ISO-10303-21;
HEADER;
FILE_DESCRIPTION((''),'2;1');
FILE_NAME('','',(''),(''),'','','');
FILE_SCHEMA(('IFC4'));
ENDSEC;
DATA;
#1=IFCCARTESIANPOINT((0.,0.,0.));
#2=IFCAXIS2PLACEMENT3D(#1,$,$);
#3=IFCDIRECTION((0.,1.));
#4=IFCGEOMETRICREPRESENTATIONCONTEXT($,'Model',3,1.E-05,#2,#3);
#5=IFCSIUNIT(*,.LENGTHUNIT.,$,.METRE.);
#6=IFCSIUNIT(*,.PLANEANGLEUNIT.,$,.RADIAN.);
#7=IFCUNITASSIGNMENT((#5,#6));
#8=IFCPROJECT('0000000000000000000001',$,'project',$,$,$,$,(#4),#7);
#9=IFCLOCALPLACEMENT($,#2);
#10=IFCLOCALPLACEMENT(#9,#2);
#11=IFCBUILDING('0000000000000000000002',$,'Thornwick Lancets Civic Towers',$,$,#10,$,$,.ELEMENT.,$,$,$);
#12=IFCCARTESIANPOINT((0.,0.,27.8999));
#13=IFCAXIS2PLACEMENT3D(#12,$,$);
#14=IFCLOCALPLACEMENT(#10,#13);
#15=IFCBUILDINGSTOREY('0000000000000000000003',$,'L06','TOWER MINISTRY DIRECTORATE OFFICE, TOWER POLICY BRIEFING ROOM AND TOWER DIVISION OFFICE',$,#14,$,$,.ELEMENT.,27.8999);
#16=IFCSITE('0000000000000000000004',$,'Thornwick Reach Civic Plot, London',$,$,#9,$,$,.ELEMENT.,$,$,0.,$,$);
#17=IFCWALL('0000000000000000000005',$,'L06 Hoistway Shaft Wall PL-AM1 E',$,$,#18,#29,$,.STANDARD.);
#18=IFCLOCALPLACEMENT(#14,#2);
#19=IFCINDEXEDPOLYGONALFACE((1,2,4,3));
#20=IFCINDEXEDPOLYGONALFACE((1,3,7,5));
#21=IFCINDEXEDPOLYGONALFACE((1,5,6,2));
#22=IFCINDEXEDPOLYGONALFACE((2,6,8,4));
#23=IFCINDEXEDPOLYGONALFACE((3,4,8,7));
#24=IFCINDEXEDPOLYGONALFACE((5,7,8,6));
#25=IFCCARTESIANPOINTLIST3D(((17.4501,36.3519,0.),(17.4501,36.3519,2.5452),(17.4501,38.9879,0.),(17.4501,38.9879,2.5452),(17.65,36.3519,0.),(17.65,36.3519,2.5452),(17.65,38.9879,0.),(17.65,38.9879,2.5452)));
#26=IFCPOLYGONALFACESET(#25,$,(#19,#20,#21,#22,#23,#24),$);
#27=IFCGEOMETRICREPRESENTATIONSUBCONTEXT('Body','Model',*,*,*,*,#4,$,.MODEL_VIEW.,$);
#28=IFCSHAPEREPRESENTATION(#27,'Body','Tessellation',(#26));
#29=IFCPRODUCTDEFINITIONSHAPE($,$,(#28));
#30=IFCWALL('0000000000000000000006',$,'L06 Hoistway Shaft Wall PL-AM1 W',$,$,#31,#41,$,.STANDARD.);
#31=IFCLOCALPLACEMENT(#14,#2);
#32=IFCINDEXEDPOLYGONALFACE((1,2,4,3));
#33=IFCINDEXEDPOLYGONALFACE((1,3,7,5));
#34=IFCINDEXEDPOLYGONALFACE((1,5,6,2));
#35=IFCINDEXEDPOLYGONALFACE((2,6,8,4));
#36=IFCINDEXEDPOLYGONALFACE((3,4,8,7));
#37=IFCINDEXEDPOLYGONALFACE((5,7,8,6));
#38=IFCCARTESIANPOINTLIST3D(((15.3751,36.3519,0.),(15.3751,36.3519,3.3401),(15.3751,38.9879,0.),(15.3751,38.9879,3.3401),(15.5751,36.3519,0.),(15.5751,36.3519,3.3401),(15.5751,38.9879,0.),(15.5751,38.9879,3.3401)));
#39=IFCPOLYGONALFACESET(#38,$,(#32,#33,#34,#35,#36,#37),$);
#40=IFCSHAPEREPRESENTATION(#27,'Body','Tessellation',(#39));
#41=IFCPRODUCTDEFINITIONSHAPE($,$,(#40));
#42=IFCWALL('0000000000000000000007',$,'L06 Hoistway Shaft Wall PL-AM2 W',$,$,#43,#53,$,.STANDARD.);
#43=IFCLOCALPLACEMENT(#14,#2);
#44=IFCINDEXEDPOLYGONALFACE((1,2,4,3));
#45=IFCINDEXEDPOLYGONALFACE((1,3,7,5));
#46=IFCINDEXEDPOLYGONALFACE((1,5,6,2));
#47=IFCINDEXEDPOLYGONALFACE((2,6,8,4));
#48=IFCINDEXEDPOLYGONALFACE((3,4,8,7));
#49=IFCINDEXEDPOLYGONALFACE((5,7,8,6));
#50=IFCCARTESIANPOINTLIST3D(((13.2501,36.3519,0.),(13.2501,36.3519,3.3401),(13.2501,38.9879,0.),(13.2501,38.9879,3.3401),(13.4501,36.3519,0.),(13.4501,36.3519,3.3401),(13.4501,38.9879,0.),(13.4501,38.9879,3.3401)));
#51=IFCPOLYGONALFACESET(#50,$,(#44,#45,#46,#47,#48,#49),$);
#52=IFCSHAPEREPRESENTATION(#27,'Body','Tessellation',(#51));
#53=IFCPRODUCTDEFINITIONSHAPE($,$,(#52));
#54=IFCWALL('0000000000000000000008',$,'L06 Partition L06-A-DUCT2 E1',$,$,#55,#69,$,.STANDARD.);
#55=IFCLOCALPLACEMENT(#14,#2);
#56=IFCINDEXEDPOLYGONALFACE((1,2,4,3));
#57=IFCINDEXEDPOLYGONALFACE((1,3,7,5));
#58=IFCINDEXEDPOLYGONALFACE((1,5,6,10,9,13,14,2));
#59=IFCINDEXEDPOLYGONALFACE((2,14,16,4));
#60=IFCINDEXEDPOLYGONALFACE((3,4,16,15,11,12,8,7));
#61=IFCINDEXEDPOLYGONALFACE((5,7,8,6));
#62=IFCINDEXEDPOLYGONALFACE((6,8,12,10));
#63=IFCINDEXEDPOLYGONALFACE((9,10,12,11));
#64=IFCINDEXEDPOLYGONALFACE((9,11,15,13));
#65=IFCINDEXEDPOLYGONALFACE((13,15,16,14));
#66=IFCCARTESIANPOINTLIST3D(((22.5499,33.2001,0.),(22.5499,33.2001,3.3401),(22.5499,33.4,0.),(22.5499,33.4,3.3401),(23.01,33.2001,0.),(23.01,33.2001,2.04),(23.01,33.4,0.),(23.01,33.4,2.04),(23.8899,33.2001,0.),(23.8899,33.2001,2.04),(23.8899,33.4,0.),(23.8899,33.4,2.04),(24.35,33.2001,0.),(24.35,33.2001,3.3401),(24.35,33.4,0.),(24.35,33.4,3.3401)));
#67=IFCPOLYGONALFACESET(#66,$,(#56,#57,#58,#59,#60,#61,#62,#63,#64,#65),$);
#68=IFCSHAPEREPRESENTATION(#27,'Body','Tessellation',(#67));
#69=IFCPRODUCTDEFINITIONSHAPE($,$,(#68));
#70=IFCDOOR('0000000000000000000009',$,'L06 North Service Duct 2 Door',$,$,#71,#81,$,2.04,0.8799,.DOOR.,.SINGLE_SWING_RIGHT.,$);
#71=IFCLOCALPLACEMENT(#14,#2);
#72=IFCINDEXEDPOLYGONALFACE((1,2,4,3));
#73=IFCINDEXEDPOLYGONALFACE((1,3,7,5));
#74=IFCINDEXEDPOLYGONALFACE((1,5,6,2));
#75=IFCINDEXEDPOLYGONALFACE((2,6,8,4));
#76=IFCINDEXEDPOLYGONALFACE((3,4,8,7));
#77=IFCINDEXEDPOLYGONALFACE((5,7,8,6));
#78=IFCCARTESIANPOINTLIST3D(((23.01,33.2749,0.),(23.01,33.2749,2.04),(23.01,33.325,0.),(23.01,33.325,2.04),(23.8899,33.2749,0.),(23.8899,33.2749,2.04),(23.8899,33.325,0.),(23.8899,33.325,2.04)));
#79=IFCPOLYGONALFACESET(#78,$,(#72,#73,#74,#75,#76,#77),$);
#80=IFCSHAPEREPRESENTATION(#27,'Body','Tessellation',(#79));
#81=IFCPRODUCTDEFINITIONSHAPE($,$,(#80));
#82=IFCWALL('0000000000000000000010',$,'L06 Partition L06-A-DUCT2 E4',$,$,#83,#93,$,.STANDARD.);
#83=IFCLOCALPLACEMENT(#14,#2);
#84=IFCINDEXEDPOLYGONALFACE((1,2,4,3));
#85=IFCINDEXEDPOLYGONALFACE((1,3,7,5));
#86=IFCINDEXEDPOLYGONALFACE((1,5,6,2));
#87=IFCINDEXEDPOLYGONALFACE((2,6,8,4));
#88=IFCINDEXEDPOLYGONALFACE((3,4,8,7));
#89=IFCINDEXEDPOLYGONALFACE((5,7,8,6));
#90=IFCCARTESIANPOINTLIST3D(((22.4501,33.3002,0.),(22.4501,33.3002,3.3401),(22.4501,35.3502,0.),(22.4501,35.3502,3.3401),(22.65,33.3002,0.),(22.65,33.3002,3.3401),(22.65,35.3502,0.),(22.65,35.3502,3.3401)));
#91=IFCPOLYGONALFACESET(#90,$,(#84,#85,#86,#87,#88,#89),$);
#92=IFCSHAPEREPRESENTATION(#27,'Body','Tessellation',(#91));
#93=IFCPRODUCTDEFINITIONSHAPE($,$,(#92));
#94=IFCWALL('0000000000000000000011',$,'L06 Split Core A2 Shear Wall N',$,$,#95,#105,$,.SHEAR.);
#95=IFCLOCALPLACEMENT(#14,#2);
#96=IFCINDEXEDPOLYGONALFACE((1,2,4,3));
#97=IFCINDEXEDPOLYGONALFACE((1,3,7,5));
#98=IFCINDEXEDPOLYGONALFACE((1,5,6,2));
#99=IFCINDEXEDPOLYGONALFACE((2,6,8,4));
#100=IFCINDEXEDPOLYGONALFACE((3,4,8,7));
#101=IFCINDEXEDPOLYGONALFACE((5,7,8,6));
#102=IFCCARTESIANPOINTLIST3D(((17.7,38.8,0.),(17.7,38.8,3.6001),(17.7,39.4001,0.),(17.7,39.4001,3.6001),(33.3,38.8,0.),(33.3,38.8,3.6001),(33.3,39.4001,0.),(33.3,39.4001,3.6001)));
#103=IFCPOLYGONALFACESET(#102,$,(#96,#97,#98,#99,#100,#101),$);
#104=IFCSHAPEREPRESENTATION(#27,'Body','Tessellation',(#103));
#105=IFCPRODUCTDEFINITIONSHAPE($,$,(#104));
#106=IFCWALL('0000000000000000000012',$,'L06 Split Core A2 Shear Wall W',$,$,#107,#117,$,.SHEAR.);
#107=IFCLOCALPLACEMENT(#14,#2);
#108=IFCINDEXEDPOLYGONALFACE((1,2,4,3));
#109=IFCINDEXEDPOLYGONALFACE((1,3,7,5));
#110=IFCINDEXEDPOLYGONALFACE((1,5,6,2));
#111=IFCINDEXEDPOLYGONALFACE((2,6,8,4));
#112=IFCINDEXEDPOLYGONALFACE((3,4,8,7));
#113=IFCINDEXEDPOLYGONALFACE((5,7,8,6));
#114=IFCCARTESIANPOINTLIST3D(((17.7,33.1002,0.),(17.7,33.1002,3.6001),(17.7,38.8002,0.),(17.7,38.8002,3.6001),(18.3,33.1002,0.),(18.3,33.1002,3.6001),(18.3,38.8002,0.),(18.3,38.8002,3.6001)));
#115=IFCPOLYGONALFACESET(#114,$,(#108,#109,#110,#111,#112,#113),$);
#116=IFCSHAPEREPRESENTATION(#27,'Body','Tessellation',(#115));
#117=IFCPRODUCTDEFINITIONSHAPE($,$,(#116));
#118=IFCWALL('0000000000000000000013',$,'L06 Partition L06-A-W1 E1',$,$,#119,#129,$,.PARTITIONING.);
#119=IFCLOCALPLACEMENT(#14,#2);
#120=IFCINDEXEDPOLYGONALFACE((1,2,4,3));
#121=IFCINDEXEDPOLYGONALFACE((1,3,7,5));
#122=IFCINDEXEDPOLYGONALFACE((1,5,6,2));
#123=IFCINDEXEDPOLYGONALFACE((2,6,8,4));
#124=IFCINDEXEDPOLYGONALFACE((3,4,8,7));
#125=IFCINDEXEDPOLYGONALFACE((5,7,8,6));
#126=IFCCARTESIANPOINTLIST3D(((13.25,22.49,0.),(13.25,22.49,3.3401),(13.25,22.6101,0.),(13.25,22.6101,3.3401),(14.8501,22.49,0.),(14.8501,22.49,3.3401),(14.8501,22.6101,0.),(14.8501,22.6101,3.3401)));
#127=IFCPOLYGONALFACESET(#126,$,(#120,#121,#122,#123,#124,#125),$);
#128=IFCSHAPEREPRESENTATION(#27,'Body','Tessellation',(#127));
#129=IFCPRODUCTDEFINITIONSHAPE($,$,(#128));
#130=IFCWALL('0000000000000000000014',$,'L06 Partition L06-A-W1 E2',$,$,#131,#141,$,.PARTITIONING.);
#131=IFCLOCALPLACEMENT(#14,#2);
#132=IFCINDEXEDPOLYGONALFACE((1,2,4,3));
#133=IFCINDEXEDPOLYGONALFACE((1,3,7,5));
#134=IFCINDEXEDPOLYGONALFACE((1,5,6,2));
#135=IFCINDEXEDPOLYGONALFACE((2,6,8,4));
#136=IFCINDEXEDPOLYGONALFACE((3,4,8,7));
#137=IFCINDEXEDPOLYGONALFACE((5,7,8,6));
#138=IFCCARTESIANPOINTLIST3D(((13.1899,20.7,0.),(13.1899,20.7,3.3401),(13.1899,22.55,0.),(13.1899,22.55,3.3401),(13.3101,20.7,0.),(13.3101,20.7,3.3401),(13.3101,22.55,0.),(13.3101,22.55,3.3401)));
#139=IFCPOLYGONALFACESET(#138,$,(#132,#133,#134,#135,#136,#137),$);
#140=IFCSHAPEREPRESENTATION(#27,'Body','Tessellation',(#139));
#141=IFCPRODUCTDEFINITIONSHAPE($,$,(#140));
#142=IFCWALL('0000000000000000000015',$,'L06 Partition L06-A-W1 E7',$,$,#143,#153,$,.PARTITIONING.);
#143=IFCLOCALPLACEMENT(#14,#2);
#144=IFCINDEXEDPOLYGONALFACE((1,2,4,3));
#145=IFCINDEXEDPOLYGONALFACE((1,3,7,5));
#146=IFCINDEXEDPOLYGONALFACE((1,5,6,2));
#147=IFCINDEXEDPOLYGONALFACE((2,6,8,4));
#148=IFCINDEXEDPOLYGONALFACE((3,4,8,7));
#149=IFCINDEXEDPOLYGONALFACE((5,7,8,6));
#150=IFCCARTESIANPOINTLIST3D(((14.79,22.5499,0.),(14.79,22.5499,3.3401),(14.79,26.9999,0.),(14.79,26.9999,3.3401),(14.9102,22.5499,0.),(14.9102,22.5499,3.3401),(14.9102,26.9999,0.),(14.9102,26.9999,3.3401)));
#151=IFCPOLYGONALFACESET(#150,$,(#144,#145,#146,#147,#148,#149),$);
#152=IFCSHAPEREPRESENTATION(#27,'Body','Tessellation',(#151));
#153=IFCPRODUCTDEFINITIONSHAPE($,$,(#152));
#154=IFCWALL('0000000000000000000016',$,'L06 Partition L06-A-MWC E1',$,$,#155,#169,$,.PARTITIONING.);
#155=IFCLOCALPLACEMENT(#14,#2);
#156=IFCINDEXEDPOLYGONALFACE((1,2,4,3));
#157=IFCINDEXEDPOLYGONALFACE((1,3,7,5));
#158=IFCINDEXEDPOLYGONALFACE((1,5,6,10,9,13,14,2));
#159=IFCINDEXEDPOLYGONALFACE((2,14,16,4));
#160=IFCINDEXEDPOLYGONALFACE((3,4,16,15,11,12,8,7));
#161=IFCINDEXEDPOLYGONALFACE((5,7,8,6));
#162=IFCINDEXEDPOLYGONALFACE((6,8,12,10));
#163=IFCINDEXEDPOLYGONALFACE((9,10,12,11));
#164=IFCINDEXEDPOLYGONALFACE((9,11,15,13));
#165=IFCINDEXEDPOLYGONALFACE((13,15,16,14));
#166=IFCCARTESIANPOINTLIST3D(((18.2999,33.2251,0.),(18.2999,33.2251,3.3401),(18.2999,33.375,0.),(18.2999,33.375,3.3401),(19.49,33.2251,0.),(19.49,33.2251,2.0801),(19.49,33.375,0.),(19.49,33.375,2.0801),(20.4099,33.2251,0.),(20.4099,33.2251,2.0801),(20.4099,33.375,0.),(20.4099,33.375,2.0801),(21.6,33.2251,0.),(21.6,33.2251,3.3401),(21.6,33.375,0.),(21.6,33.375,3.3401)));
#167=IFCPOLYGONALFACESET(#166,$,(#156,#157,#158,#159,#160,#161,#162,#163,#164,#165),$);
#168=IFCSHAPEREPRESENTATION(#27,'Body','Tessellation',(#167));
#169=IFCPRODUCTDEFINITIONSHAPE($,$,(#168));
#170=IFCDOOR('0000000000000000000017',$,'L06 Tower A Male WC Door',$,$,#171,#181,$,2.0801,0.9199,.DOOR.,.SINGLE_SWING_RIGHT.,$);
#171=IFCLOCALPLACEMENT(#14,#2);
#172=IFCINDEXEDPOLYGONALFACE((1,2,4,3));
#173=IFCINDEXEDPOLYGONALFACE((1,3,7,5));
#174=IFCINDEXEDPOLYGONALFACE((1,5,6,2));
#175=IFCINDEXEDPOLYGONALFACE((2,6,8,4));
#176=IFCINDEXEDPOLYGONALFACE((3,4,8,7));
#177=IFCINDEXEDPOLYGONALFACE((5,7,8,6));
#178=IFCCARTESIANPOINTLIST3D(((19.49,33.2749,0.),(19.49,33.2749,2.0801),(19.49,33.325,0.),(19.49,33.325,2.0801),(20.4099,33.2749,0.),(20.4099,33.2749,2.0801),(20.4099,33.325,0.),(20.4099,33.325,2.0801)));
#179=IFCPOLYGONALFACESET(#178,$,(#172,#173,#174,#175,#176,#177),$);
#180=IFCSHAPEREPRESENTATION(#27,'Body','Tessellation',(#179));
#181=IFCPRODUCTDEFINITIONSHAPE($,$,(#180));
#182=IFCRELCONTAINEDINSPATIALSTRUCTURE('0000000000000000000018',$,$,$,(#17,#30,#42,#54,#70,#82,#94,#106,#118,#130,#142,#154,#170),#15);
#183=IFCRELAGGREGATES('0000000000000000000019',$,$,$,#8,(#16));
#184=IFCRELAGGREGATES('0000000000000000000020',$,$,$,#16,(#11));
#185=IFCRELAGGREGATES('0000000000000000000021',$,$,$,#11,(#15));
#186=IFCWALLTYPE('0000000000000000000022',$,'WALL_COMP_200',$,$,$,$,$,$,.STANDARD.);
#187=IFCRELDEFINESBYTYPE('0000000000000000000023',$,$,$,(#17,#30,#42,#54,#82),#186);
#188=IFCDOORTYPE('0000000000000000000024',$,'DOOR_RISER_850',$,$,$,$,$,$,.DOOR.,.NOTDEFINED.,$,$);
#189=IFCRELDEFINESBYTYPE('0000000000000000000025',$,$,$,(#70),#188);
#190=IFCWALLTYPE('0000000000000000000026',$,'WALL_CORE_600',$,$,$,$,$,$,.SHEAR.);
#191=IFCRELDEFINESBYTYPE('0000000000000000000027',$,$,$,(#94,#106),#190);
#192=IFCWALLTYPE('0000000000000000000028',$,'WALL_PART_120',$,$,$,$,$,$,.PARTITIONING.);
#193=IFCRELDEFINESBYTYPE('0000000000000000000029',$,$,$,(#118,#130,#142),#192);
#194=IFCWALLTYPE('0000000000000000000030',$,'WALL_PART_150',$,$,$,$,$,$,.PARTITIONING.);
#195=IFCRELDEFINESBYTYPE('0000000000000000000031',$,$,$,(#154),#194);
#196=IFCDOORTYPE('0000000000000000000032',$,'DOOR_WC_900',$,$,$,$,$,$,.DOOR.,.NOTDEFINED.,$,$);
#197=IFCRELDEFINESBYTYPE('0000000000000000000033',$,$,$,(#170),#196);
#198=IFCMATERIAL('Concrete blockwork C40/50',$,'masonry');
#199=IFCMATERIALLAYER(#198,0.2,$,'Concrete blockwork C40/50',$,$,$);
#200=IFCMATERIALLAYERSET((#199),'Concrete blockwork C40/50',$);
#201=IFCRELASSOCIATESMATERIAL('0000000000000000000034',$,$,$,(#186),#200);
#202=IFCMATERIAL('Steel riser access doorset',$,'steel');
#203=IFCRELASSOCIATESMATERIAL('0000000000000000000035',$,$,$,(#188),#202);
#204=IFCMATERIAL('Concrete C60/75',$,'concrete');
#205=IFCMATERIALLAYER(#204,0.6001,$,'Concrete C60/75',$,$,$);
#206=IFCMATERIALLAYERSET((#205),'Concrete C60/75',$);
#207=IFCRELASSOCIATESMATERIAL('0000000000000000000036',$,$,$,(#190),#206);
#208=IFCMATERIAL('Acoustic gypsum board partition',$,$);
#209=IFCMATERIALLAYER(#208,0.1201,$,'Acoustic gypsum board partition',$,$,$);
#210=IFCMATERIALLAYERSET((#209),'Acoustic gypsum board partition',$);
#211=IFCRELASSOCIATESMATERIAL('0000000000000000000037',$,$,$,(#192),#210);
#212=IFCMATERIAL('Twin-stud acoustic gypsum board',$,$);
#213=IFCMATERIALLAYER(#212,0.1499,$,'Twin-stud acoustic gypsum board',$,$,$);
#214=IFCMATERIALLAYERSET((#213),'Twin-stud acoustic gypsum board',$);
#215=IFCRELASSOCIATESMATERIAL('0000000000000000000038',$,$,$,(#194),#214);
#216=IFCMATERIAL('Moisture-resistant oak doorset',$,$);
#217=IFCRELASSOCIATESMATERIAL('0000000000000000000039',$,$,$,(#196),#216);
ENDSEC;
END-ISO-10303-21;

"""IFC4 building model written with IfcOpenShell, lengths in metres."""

from ifc_helpers import new_model, si_unit, direction, frame, frame_2d, origin, place, context, subcontext, project, spatial, rectangle, extrude, material, layer, layer_set, type_object, element, fill, save


model = new_model("IFC4")

# Units and contexts
model_context = context("Model", 3, precision=1e-05, world=origin(), true_north=direction((0.0, 1.0)))
body_context = subcontext(model_context, "Body", "Model", "MODEL_VIEW")
ifc_project = project(units=[si_unit("LENGTHUNIT", "METRE"), si_unit("PLANEANGLEUNIT", "RADIAN")], contexts=[model_context])

# Site, building, storey
site_placement = place(None, origin())
site = spatial("IfcSite", under=ifc_project, at=site_placement, Name="Thornwick Reach Civic Plot, London", CompositionType="ELEMENT", RefElevation=0.0)
building_placement = place(site_placement, origin())
building = spatial("IfcBuilding", under=site, at=building_placement, Name="Thornwick Lancets Civic Towers", CompositionType="ELEMENT")
storey_placement = place(building_placement, frame((0.0, 0.0, 27.8999)))
storey = spatial("IfcBuildingStorey", under=building, at=storey_placement, Name="L06", Description="TOWER MINISTRY DIRECTORATE OFFICE, TOWER POLICY BRIEFING ROOM AND TOWER DIVISION OFFICE", CompositionType="ELEMENT", Elevation=27.8999)

# Shared definitions
ifc_material_1 = material(Name="Concrete C60/75", Category="concrete")

# Walls
ifc_material_2 = material(Name="Concrete blockwork C40/50", Category="masonry")
ifc_layer_1 = layer(ifc_material_2, 0.2, Name="Concrete blockwork C40/50")
ifc_layer_set_1 = layer_set([ifc_layer_1], Name="Concrete blockwork C40/50")
wall_type_1 = type_object("IfcWallType", Name="WALL_COMP_200", PredefinedType="STANDARD", material=ifc_layer_set_1)
wall_1_placement = place(storey_placement, frame((17.55, 36.3521, 0.0), z_axis=(0.0, 0.0, 1.0), x_axis=(0.0, 1.0, 0.0)))
element("IfcWall", 1, at=wall_1_placement, inside=storey, type_object=wall_type_1, Name="L06 Hoistway Shaft Wall PL-AM1 E", PredefinedType="STANDARD", context=body_context, shape_type="SweptSolid", body=[
    extrude(rectangle(XDim=2.636, YDim=0.2, at=frame_2d((1.3179, 0.0))), origin(), (0.0, 0.0, 1.0), 2.5452),
])
for number, where, z_axis, x_axis, name in (
    (2, (15.4751, 36.3521, 0.0), (0.0, 0.0, 1.0), (0.0, 1.0, 0.0), "L06 Hoistway Shaft Wall PL-AM1 W"),
    (3, (13.3501, 36.3521, 0.0), (0.0, 0.0, 1.0), (0.0, 1.0, 0.0), "L06 Hoistway Shaft Wall PL-AM2 W"),
):
    element("IfcWall", number, at=place(storey_placement, frame(where, z_axis=z_axis, x_axis=x_axis)), inside=storey, type_object=wall_type_1, Name=name, PredefinedType="STANDARD", context=body_context, shape_type="SweptSolid", body=[
        extrude(rectangle(XDim=2.636, YDim=0.2, at=frame_2d((1.3179, 0.0))), origin(), (0.0, 0.0, 1.0), 3.3401),
    ])

# Wall, opening, door
wall_2_placement = place(storey_placement, frame((22.55, 33.3, 0.0), z_axis=(0.0, 0.0, 1.0), x_axis=(1.0, 0.0, 0.0)))
wall_2 = element("IfcWall", 4, at=wall_2_placement, inside=storey, type_object=wall_type_1, Name="L06 Partition L06-A-DUCT2 E1", PredefinedType="STANDARD", context=body_context, shape_type="SweptSolid", body=[
    extrude(rectangle(XDim=1.8, YDim=0.2, at=frame_2d((0.8999, 0.0))), origin(), (0.0, 0.0, 1.0), 3.3401),
])
opening_1_placement = place(wall_2_placement, frame((0.46, 0.0, 0.0)))
opening_1 = element("IfcOpeningElement", 5, at=opening_1_placement, cuts=wall_2, PredefinedType="OPENING", context=body_context, shape_type="SweptSolid", body=[
    extrude(rectangle(XDim=0.8799, YDim=2.04, at=frame_2d((0.4399, 1.02))), frame((0.0, 0.1099, 0.0), z_axis=(0.0, -1.0, 0.0), x_axis=(1.0, 0.0, 0.0)), (0.0, 0.0, 1.0), 0.22),
])
ifc_material_3 = material(Name="Steel riser access doorset", Category="steel")
door_type_1 = type_object("IfcDoorType", Name="DOOR_RISER_850", OperationType="NOTDEFINED", PredefinedType="DOOR", material=ifc_material_3)
door_1_placement = place(opening_1_placement, origin())
door_1 = element("IfcDoor", 6, at=door_1_placement, inside=storey, type_object=door_type_1, Name="L06 North Service Duct 2 Door", OperationType="SINGLE_SWING_RIGHT", OverallHeight=2.04, OverallWidth=0.8799, PredefinedType="DOOR", context=body_context, shape_type="SweptSolid", body=[
    extrude(rectangle(XDim=0.8799, YDim=2.04, at=frame_2d((0.4399, 1.02))), frame((0.0, 0.0249, 0.0), z_axis=(0.0, -1.0, 0.0), x_axis=(1.0, 0.0, 0.0)), (0.0, 0.0, 1.0), 0.05),
])
fill(opening_1, door_1)

# Walls
wall_3_placement = place(storey_placement, frame((22.55, 35.3501, 0.0), z_axis=(0.0, 0.0, 1.0), x_axis=(0.0, -1.0, 0.0)))
element("IfcWall", 7, at=wall_3_placement, inside=storey, type_object=wall_type_1, Name="L06 Partition L06-A-DUCT2 E4", PredefinedType="STANDARD", context=body_context, shape_type="SweptSolid", body=[
    extrude(rectangle(XDim=2.05, YDim=0.2, at=frame_2d((1.0249, 0.0))), origin(), (0.0, 0.0, 1.0), 3.3401),
])
ifc_layer_2 = layer(ifc_material_1, 0.6001, Name="Concrete C60/75")
ifc_layer_set_2 = layer_set([ifc_layer_2], Name="Concrete C60/75")
wall_type_2 = type_object("IfcWallType", Name="WALL_CORE_600", PredefinedType="SHEAR", material=ifc_layer_set_2)
wall_4_placement = place(storey_placement, frame((17.7, 39.1001, 0.0), z_axis=(0.0, 0.0, 1.0), x_axis=(1.0, 0.0, 0.0)))
element("IfcWall", 8, at=wall_4_placement, inside=storey, type_object=wall_type_2, Name="L06 Split Core A2 Shear Wall N", PredefinedType="SHEAR", context=body_context, shape_type="SweptSolid", body=[
    extrude(rectangle(XDim=15.6001, YDim=0.6001, at=frame_2d((7.8, 0.0))), origin(), (0.0, 0.0, 1.0), 3.6001),
])
wall_5_placement = place(storey_placement, frame((18.0, 33.1001, 0.0), z_axis=(0.0, 0.0, 1.0), x_axis=(0.0, 1.0, 0.0)))
element("IfcWall", 9, at=wall_5_placement, inside=storey, type_object=wall_type_2, Name="L06 Split Core A2 Shear Wall W", PredefinedType="SHEAR", context=body_context, shape_type="SweptSolid", body=[
    extrude(rectangle(XDim=5.7, YDim=0.6001, at=frame_2d((2.8501, 0.0))), origin(), (0.0, 0.0, 1.0), 3.6001),
])
ifc_material_4 = material(Name="Acoustic gypsum board partition")
ifc_layer_3 = layer(ifc_material_4, 0.1201, Name="Acoustic gypsum board partition")
ifc_layer_set_3 = layer_set([ifc_layer_3], Name="Acoustic gypsum board partition")
wall_type_3 = type_object("IfcWallType", Name="WALL_PART_120", PredefinedType="PARTITIONING", material=ifc_layer_set_3)
wall_6_placement = place(storey_placement, frame((14.8501, 22.55, 0.0), z_axis=(0.0, 0.0, 1.0), x_axis=(-1.0, 0.0, 0.0)))
element("IfcWall", 10, at=wall_6_placement, inside=storey, type_object=wall_type_3, Name="L06 Partition L06-A-W1 E1", PredefinedType="PARTITIONING", context=body_context, shape_type="SweptSolid", body=[
    extrude(rectangle(XDim=1.6001, YDim=0.1201, at=frame_2d((0.8, 0.0))), origin(), (0.0, 0.0, 1.0), 3.3401),
])
wall_7_placement = place(storey_placement, frame((13.25, 22.55, 0.0), z_axis=(0.0, 0.0, 1.0), x_axis=(0.0, -1.0, 0.0)))
element("IfcWall", 11, at=wall_7_placement, inside=storey, type_object=wall_type_3, Name="L06 Partition L06-A-W1 E2", PredefinedType="PARTITIONING", context=body_context, shape_type="SweptSolid", body=[
    extrude(rectangle(XDim=1.8501, YDim=0.1201, at=frame_2d((0.925, 0.0))), origin(), (0.0, 0.0, 1.0), 3.3401),
])
wall_8_placement = place(storey_placement, frame((14.8501, 27.0, 0.0), z_axis=(0.0, 0.0, 1.0), x_axis=(0.0, -1.0, 0.0)))
element("IfcWall", 12, at=wall_8_placement, inside=storey, type_object=wall_type_3, Name="L06 Partition L06-A-W1 E7", PredefinedType="PARTITIONING", context=body_context, shape_type="SweptSolid", body=[
    extrude(rectangle(XDim=4.45, YDim=0.1201, at=frame_2d((2.2251, 0.0))), origin(), (0.0, 0.0, 1.0), 3.3401),
])

# Wall, opening, door
ifc_material_5 = material(Name="Twin-stud acoustic gypsum board")
ifc_layer_4 = layer(ifc_material_5, 0.1499, Name="Twin-stud acoustic gypsum board")
ifc_layer_set_4 = layer_set([ifc_layer_4], Name="Twin-stud acoustic gypsum board")
wall_type_4 = type_object("IfcWallType", Name="WALL_PART_150", PredefinedType="PARTITIONING", material=ifc_layer_set_4)
wall_9_placement = place(storey_placement, frame((18.3, 33.3, 0.0), z_axis=(0.0, 0.0, 1.0), x_axis=(1.0, 0.0, 0.0)))
wall_9 = element("IfcWall", 13, at=wall_9_placement, inside=storey, type_object=wall_type_4, Name="L06 Partition L06-A-MWC E1", PredefinedType="PARTITIONING", context=body_context, shape_type="SweptSolid", body=[
    extrude(rectangle(XDim=3.3, YDim=0.1499, at=frame_2d((1.6499, 0.0))), origin(), (0.0, 0.0, 1.0), 3.3401),
])
opening_2_placement = place(wall_9_placement, frame((1.1899, 0.0, 0.0)))
opening_2 = element("IfcOpeningElement", 14, at=opening_2_placement, cuts=wall_9, PredefinedType="OPENING", context=body_context, shape_type="SweptSolid", body=[
    extrude(rectangle(XDim=0.9199, YDim=2.0801, at=frame_2d((0.46, 1.04))), frame((0.0, 0.085, 0.0), z_axis=(0.0, -1.0, 0.0), x_axis=(1.0, 0.0, 0.0)), (0.0, 0.0, 1.0), 0.1699),
])
ifc_material_6 = material(Name="Moisture-resistant oak doorset")
door_type_2 = type_object("IfcDoorType", Name="DOOR_WC_900", OperationType="NOTDEFINED", PredefinedType="DOOR", material=ifc_material_6)
door_2_placement = place(opening_2_placement, origin())
door_2 = element("IfcDoor", 15, at=door_2_placement, inside=storey, type_object=door_type_2, Name="L06 Tower A Male WC Door", OperationType="SINGLE_SWING_RIGHT", OverallHeight=2.0801, OverallWidth=0.9199, PredefinedType="DOOR", context=body_context, shape_type="SweptSolid", body=[
    extrude(rectangle(XDim=0.9199, YDim=2.0801, at=frame_2d((0.46, 1.04))), frame((0.0, 0.0249, 0.0), z_axis=(0.0, -1.0, 0.0), x_axis=(1.0, 0.0, 0.0)), (0.0, 0.0, 1.0), 0.05),
])
fill(opening_2, door_2)

save(model, "model.ifc")
